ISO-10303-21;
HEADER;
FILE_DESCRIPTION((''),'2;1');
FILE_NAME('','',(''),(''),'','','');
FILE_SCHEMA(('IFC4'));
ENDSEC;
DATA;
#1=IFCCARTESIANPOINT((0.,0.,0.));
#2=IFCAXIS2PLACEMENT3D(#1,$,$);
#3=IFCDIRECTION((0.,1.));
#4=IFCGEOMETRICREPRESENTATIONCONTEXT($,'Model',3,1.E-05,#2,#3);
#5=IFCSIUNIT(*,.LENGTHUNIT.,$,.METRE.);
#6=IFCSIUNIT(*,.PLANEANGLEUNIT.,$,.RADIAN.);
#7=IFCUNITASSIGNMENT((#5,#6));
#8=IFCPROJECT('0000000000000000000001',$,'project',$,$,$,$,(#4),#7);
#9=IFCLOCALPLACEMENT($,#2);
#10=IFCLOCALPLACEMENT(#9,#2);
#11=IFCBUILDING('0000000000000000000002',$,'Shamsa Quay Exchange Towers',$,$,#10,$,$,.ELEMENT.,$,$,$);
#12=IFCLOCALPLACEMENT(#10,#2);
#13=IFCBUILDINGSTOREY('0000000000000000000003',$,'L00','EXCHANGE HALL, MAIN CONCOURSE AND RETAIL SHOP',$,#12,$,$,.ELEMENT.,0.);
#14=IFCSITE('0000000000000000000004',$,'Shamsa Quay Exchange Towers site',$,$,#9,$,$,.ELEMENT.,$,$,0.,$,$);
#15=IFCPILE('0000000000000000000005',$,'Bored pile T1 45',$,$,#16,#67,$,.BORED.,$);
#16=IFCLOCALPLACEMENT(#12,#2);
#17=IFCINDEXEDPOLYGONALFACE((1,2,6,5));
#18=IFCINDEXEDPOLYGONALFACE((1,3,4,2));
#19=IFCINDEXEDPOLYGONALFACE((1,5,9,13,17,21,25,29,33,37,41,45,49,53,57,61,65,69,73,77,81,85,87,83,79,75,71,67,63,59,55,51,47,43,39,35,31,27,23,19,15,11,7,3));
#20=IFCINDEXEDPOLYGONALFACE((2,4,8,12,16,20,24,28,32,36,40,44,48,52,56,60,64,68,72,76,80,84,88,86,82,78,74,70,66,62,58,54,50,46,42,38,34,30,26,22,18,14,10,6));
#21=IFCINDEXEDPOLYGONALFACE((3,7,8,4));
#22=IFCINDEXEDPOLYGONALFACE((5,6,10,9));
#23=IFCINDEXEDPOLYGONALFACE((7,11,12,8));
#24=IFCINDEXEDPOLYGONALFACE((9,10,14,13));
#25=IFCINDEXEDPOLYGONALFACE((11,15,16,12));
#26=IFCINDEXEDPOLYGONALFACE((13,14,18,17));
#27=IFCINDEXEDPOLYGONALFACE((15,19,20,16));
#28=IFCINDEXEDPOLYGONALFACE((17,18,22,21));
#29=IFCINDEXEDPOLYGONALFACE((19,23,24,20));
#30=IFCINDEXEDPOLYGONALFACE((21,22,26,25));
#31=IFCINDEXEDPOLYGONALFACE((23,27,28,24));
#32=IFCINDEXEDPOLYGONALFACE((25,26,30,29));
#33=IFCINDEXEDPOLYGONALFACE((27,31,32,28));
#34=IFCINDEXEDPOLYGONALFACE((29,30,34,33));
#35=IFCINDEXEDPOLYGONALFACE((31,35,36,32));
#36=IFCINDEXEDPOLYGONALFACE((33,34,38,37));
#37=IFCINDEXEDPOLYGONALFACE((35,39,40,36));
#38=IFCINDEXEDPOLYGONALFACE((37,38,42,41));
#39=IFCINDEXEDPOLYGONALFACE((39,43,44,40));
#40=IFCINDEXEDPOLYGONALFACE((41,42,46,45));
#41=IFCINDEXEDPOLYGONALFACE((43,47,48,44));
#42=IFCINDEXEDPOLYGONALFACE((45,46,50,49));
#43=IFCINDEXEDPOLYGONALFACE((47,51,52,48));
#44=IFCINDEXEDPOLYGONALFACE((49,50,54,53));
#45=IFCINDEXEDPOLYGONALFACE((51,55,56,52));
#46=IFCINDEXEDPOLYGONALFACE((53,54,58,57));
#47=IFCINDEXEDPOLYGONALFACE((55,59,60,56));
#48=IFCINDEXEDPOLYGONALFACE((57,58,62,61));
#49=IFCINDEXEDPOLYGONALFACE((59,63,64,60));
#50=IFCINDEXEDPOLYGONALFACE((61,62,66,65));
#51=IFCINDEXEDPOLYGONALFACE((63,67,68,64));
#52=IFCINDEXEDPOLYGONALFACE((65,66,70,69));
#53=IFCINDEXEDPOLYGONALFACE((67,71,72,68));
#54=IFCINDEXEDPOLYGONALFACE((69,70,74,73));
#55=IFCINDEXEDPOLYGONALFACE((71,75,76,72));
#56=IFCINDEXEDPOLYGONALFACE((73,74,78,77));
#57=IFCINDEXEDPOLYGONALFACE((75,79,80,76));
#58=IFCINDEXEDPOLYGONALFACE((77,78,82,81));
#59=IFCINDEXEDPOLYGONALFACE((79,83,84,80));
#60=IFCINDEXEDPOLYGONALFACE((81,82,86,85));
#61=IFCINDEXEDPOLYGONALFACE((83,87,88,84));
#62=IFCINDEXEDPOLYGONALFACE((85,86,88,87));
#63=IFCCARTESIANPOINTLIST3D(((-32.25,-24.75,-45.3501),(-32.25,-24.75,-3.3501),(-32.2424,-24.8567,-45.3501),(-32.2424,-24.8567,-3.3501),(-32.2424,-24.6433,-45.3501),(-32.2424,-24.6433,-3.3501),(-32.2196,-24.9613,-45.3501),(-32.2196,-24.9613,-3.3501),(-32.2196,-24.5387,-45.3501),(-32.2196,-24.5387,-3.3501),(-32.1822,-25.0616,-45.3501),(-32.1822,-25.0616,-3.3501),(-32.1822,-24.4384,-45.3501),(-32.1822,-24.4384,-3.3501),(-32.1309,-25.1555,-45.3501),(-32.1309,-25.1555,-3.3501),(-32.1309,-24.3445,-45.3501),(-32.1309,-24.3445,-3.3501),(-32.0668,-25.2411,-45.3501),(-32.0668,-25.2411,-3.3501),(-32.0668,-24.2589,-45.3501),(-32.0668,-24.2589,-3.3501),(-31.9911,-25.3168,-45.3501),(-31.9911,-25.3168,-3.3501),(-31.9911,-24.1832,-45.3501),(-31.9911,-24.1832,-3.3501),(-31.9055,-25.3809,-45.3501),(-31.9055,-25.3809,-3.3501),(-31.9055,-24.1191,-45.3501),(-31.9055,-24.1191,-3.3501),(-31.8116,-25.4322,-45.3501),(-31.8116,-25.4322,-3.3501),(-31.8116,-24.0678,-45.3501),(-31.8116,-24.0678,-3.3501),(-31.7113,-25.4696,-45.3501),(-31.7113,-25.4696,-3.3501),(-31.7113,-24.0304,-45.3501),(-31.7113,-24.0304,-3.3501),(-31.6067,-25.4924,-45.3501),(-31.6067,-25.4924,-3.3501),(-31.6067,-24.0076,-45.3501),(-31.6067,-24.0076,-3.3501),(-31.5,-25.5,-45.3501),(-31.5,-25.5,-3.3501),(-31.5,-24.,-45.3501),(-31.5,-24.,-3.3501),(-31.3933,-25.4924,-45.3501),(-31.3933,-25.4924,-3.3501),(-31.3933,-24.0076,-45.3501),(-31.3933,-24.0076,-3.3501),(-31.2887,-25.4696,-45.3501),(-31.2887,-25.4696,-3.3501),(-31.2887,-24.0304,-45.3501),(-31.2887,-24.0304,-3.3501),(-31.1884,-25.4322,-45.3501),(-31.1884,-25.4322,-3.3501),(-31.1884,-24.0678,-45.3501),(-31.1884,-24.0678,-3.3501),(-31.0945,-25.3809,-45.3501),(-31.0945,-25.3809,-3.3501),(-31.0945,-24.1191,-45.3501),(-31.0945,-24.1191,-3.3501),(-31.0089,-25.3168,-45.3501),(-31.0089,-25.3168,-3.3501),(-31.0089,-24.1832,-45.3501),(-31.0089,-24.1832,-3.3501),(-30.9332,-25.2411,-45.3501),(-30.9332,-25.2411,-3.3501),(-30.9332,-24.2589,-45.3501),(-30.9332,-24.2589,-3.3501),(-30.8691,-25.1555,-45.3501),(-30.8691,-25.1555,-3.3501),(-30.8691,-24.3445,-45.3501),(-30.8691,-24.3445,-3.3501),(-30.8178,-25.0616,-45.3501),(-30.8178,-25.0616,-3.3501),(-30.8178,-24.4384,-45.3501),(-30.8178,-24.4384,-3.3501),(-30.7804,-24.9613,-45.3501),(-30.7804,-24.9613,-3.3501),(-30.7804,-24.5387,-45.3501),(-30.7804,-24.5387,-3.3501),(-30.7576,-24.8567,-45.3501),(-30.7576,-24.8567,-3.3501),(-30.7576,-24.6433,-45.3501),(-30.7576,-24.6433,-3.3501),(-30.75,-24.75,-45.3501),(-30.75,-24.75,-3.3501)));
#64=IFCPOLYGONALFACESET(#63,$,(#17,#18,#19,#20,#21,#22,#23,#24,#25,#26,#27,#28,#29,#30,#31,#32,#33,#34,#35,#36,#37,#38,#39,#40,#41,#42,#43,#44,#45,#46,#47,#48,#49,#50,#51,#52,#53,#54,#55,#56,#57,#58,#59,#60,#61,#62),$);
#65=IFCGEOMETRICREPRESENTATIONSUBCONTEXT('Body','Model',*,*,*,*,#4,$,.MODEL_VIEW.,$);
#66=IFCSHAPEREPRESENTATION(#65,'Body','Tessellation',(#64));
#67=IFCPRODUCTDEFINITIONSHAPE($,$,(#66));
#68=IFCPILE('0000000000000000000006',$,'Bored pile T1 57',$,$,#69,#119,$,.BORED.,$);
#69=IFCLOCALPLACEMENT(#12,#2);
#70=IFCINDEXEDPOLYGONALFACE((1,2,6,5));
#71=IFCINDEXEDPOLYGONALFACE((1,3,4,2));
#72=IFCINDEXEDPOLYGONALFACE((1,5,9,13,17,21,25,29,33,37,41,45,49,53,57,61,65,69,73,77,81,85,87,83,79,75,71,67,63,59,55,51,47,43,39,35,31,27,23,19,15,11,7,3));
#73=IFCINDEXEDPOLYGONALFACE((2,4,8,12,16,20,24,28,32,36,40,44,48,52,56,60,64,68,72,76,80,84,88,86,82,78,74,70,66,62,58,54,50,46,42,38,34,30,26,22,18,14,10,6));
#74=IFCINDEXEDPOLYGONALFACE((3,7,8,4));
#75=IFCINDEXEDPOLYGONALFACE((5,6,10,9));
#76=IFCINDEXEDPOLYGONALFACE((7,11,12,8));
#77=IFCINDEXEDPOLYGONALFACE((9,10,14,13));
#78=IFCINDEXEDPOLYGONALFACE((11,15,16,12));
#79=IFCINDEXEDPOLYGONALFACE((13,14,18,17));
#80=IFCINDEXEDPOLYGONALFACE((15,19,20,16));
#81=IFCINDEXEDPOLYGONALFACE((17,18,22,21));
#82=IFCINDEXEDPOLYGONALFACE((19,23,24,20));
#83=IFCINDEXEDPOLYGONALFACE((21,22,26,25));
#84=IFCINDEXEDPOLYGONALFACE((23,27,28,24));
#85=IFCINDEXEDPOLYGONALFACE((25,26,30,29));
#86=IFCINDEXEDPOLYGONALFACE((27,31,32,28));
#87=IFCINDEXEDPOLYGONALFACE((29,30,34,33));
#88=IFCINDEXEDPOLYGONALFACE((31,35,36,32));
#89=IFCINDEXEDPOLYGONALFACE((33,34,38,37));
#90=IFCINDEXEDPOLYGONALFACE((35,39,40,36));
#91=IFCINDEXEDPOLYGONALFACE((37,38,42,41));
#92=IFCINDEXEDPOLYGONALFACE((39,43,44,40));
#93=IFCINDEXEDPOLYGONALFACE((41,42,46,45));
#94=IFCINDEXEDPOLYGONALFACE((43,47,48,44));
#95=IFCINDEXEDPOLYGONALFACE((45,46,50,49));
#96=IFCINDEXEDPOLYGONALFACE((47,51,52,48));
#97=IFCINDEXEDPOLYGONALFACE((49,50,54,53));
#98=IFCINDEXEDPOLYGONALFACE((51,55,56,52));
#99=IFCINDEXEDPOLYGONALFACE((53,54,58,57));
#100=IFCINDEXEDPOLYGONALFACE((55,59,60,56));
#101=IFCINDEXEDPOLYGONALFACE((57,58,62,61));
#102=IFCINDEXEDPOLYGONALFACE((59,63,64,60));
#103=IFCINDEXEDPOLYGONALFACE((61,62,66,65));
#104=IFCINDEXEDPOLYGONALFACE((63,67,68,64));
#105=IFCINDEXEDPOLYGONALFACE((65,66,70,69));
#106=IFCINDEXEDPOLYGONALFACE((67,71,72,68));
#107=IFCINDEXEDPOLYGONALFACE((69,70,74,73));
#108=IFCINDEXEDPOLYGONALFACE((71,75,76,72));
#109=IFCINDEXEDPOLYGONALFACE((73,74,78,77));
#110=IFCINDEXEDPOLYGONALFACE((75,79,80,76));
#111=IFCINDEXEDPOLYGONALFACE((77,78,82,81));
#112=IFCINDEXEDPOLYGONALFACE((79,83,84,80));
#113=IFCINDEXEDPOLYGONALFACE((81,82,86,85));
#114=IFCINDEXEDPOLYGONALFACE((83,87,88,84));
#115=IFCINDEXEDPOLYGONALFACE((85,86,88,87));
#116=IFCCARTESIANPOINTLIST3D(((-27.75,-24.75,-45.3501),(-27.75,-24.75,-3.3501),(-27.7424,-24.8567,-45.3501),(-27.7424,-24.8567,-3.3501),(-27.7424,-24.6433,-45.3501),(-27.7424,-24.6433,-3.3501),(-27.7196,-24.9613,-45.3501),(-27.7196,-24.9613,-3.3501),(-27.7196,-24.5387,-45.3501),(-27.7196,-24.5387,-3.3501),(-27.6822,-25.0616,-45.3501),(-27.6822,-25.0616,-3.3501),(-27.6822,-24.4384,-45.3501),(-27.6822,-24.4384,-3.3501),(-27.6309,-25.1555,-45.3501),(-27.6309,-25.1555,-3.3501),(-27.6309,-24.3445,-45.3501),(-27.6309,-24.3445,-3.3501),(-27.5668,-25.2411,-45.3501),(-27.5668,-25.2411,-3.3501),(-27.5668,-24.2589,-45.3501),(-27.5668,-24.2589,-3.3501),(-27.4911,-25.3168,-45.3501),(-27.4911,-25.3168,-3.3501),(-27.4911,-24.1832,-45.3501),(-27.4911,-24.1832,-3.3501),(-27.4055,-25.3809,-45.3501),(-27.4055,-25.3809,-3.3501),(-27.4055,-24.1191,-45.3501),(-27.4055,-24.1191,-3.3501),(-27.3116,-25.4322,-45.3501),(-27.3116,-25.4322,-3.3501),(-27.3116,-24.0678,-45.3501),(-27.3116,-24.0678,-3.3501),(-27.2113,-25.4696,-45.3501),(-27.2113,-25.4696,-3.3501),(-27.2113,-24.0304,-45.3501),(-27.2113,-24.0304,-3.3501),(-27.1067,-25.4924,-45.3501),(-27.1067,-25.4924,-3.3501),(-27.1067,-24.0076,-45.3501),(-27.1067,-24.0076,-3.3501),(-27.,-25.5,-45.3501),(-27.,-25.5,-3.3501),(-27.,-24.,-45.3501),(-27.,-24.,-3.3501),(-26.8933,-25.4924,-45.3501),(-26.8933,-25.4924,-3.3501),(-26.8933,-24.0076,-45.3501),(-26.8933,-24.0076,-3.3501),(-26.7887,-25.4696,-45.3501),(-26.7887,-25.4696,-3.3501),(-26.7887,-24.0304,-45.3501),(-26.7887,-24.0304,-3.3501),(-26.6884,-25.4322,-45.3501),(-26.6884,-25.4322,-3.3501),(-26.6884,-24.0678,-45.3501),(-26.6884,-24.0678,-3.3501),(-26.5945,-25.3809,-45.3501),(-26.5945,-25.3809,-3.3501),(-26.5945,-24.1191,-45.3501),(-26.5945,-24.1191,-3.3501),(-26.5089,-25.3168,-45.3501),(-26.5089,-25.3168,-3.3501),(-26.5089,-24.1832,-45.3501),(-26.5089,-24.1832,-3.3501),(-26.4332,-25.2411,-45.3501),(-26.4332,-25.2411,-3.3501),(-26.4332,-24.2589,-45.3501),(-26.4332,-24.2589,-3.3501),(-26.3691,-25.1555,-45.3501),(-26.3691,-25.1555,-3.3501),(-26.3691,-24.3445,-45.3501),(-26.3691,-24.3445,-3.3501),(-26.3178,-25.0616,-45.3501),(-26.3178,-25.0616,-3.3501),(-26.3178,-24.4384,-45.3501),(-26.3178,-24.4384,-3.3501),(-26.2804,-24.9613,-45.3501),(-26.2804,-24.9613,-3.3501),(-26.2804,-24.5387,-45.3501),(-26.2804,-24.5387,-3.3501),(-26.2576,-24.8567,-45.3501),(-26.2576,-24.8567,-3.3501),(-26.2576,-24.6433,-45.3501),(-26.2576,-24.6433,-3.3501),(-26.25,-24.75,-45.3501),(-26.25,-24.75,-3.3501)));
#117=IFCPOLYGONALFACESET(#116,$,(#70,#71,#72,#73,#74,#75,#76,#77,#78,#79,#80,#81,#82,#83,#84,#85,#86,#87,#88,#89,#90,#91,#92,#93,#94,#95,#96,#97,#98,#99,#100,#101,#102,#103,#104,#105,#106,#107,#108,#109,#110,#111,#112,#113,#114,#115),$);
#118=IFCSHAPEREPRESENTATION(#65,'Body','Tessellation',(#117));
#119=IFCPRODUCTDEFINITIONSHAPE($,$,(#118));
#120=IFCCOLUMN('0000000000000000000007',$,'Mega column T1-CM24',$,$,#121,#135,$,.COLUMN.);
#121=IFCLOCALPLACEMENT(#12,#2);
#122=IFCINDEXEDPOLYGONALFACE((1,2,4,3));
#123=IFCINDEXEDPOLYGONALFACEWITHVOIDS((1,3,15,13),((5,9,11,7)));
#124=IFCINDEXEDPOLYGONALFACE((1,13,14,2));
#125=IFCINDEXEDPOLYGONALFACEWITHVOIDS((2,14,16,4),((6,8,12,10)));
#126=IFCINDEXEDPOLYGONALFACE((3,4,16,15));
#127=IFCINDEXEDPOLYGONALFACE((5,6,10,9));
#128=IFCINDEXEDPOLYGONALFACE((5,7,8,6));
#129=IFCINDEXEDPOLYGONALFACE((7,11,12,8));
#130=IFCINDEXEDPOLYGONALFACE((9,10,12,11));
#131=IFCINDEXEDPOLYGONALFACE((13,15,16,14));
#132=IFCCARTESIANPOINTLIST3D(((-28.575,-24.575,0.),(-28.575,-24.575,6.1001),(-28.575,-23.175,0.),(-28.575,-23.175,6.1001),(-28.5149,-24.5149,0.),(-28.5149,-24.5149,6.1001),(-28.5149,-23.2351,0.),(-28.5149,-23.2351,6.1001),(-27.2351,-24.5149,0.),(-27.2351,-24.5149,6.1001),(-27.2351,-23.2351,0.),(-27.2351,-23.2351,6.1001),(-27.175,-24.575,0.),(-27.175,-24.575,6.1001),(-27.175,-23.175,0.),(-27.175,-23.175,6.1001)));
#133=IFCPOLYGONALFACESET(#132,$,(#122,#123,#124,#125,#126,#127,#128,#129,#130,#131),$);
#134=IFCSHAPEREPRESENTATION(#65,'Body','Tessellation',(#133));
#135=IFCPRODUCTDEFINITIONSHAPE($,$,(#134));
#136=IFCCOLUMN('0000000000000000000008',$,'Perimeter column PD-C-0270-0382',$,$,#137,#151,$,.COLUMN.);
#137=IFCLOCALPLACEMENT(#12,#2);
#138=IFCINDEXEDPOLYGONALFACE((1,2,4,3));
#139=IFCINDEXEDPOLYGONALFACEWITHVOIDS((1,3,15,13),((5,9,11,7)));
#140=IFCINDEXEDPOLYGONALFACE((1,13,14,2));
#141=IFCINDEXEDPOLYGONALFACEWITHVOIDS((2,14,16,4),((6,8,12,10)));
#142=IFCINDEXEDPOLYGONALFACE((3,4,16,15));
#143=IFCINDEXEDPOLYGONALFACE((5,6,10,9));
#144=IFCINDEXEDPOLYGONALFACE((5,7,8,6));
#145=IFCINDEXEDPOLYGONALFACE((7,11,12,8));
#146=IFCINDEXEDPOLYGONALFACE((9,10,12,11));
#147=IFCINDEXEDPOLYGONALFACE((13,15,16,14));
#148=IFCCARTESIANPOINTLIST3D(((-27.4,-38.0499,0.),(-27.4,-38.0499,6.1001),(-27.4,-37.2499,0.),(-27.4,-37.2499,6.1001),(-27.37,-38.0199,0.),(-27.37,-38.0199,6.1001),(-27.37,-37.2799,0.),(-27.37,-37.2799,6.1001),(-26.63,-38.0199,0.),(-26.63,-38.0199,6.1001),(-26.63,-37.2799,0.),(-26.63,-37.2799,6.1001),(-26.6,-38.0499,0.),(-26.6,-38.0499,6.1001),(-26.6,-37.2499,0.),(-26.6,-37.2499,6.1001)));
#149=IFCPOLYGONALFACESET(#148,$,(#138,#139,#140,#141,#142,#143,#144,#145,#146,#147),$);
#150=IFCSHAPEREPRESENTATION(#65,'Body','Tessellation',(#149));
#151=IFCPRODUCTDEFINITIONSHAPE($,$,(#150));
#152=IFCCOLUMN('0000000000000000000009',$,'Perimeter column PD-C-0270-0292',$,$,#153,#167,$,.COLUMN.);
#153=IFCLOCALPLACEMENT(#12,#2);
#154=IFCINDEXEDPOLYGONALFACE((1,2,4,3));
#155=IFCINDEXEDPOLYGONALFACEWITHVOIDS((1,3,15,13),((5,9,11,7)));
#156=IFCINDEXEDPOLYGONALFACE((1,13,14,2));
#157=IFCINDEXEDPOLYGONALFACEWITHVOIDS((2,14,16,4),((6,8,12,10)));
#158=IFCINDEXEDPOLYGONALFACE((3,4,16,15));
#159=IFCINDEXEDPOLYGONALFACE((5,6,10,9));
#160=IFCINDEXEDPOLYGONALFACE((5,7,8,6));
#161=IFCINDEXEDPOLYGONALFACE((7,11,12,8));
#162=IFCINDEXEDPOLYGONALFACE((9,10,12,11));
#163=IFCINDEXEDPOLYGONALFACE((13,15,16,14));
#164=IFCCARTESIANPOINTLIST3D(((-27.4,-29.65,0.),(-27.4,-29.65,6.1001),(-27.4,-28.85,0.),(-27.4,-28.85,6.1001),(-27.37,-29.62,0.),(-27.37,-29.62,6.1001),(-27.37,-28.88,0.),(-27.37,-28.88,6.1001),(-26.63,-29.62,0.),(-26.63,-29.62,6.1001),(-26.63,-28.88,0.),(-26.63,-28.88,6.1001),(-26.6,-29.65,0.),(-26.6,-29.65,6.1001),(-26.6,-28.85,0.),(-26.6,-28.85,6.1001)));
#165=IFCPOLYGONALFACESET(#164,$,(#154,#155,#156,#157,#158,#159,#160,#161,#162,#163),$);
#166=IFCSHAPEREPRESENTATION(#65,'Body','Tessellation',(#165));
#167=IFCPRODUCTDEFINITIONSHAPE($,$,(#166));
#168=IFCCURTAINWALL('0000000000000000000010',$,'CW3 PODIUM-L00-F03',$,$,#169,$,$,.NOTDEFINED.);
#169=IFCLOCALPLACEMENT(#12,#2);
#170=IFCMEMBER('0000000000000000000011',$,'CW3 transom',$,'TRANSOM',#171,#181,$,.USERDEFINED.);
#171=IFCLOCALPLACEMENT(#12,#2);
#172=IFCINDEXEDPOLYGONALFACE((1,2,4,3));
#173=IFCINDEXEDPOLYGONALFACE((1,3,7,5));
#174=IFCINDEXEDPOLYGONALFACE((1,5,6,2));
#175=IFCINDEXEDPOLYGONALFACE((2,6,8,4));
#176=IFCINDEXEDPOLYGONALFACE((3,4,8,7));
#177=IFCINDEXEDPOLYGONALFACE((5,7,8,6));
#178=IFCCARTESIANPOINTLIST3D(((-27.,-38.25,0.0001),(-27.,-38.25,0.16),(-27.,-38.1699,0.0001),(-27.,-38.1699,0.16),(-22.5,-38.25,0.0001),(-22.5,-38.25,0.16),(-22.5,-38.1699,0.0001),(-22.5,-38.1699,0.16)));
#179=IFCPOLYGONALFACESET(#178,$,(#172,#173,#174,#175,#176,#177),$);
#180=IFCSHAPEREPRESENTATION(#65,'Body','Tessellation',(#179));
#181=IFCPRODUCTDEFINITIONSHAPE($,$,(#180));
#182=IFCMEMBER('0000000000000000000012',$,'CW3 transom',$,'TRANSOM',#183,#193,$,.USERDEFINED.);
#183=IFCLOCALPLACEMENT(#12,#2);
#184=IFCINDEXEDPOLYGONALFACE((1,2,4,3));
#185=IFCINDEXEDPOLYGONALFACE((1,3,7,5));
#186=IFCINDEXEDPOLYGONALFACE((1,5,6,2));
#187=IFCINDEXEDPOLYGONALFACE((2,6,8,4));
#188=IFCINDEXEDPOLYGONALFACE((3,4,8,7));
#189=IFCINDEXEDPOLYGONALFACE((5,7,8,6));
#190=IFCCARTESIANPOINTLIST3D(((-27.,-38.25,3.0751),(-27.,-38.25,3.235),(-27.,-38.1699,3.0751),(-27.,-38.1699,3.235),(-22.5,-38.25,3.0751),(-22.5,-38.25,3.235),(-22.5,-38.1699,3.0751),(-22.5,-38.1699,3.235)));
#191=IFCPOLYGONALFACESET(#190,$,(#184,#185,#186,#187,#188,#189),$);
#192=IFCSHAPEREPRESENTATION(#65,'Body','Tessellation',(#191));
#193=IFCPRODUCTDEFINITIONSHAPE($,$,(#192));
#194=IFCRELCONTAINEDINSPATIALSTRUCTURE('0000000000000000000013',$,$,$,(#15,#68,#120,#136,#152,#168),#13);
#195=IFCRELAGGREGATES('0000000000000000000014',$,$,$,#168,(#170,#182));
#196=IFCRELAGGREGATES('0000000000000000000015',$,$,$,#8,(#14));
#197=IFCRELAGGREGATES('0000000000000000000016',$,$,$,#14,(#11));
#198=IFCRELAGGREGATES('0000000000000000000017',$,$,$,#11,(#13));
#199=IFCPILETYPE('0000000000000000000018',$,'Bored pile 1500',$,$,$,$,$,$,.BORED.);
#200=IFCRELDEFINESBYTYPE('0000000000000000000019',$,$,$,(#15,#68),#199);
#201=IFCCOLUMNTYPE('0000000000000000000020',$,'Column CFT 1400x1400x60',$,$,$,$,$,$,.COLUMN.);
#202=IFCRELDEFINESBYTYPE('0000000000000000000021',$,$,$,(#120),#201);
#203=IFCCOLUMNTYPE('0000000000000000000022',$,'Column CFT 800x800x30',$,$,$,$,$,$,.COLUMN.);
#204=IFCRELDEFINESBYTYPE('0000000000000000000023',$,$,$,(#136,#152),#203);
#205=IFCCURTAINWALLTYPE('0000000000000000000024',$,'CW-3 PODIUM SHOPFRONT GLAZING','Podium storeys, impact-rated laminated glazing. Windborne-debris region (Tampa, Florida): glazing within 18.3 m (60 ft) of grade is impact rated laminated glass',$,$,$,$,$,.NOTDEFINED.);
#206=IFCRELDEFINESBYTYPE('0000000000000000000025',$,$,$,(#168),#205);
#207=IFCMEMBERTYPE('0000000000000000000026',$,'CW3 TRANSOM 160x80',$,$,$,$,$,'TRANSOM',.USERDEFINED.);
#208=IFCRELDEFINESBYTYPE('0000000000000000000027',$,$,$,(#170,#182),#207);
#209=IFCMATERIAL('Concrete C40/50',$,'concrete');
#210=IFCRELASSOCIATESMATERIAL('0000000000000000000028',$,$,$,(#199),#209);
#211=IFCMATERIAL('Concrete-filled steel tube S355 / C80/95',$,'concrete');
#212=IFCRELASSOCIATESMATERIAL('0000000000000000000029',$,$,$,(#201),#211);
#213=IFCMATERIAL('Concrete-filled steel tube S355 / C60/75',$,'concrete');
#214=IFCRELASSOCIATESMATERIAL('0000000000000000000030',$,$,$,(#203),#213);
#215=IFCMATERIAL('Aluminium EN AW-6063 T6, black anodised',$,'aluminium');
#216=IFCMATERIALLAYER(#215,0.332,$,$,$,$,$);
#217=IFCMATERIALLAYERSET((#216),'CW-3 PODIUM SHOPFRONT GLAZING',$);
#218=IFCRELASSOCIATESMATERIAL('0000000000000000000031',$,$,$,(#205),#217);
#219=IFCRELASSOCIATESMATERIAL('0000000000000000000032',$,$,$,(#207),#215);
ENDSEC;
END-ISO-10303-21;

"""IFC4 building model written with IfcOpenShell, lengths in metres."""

from ifc_helpers import new_model, si_unit, direction, frame, origin, origin_2d, place, context, subcontext, project, spatial, rectangle, hollow_rectangle, circle, extrude, material, layer, layer_set, material_profile, profile_set, type_object, element, aggregate, save


model = new_model("IFC4")

# Units and contexts
model_context = context("Model", 3, precision=1e-05, world=origin(), true_north=direction((0.0, 1.0)))
body_context = subcontext(model_context, "Body", "Model", "MODEL_VIEW")
ifc_project = project(units=[si_unit("LENGTHUNIT", "METRE"), si_unit("PLANEANGLEUNIT", "RADIAN")], contexts=[model_context])

# Site, building, storey
site_placement = place(None, origin())
site = spatial("IfcSite", under=ifc_project, at=site_placement, Name="Shamsa Quay Exchange Towers site", CompositionType="ELEMENT", RefElevation=0.0)
building_placement = place(site_placement, origin())
building = spatial("IfcBuilding", under=site, at=building_placement, Name="Shamsa Quay Exchange Towers", CompositionType="ELEMENT")
storey_placement = place(building_placement, origin())
storey = spatial("IfcBuildingStorey", under=building, at=storey_placement, Name="L00", Description="EXCHANGE HALL, MAIN CONCOURSE AND RETAIL SHOP", CompositionType="ELEMENT", Elevation=0.0)

# Piles
ifc_material_1 = material(Name="Concrete C40/50", Category="concrete")
ifc_material_profile_1 = material_profile(ifc_material_1, circle(Radius=0.75, at=origin_2d()), Name="BP1500")
ifc_profile_set_1 = profile_set([ifc_material_profile_1], Name="Concrete C40/50")
pile_type_1 = type_object("IfcPileType", Name="Bored pile 1500", PredefinedType="BORED", material=ifc_profile_set_1)
for number, where, z_axis, x_axis, name in (
    (1, (-31.5, -24.75, -3.3501), (0.0, 0.0, -1.0), (1.0, 0.0, 0.0), "Bored pile T1 45"),
    (2, (-27.0, -24.75, -3.3501), (0.0, 0.0, -1.0), (1.0, 0.0, 0.0), "Bored pile T1 57"),
):
    element("IfcPile", number, at=place(storey_placement, frame(where, z_axis=z_axis, x_axis=x_axis)), inside=storey, type_object=pile_type_1, Name=name, PredefinedType="BORED", context=body_context, shape_type="SweptSolid", body=[
        extrude(circle(Radius=0.75, at=origin_2d()), origin(), (0.0, 0.0, 1.0), 42.0),
    ])

# Columns
ifc_material_2 = material(Name="Concrete-filled steel tube S355 / C80/95", Category="concrete")
ifc_material_profile_2 = material_profile(ifc_material_2, hollow_rectangle(XDim=1.3999, YDim=1.3999, WallThickness=0.0601, at=origin_2d()), Name="CFT 1400x1400x60")
ifc_profile_set_2 = profile_set([ifc_material_profile_2], Name="Concrete-filled steel tube S355 / C80/95")
column_type_1 = type_object("IfcColumnType", Name="Column CFT 1400x1400x60", PredefinedType="COLUMN", material=ifc_profile_set_2)
column_placement = place(storey_placement, frame((-27.875, -23.875, 0.0)))
element("IfcColumn", 3, at=column_placement, inside=storey, type_object=column_type_1, Name="Mega column T1-CM24", PredefinedType="COLUMN", context=body_context, shape_type="SweptSolid", body=[
    extrude(hollow_rectangle(XDim=1.3999, YDim=1.3999, WallThickness=0.0601, at=origin_2d()), origin(), (0.0, 0.0, 1.0), 6.1001),
])
ifc_material_3 = material(Name="Concrete-filled steel tube S355 / C60/75", Category="concrete")
ifc_material_profile_3 = material_profile(ifc_material_3, hollow_rectangle(XDim=0.8, YDim=0.8, WallThickness=0.03, at=origin_2d()), Name="CFT 800x800x30")
ifc_profile_set_3 = profile_set([ifc_material_profile_3], Name="Concrete-filled steel tube S355 / C60/75")
column_type_2 = type_object("IfcColumnType", Name="Column CFT 800x800x30", PredefinedType="COLUMN", material=ifc_profile_set_3)
for number, where, name in (
    (4, (-27.0, -37.6499, 0.0), "Perimeter column PD-C-0270-0382"),
    (5, (-27.0, -29.25, 0.0), "Perimeter column PD-C-0270-0292"),
):
    element("IfcColumn", number, at=place(storey_placement, frame(where)), inside=storey, type_object=column_type_2, Name=name, PredefinedType="COLUMN", context=body_context, shape_type="SweptSolid", body=[
        extrude(hollow_rectangle(XDim=0.8, YDim=0.8, WallThickness=0.03, at=origin_2d()), origin(), (0.0, 0.0, 1.0), 6.1001),
    ])

# Curtain wall, members
ifc_material_4 = material(Name="Aluminium EN AW-6063 T6, black anodised", Category="aluminium")
ifc_layer_1 = layer(ifc_material_4, 0.332)
ifc_layer_set_1 = layer_set([ifc_layer_1], Name="CW-3 PODIUM SHOPFRONT GLAZING")
curtain_wall_type = type_object("IfcCurtainWallType", Name="CW-3 PODIUM SHOPFRONT GLAZING", Description="Podium storeys, impact-rated laminated glazing. Windborne-debris region (Tampa, Florida): glazing within 18.3 m (60 ft) of grade is impact rated laminated glass", PredefinedType="NOTDEFINED", material=ifc_layer_set_1)
curtain_wall_placement = place(storey_placement, origin())
curtain_wall = element("IfcCurtainWall", 6, at=curtain_wall_placement, inside=storey, type_object=curtain_wall_type, Name="CW3 PODIUM-L00-F03", PredefinedType="NOTDEFINED")
ifc_material_profile_4 = material_profile(ifc_material_4, rectangle(XDim=0.0801, YDim=0.1599, at=origin_2d()), Name="TR160x80")
ifc_profile_set_4 = profile_set([ifc_material_profile_4], Name="Aluminium EN AW-6063 T6, black anodised")
member_type = type_object("IfcMemberType", Name="CW3 TRANSOM 160x80", ElementType="TRANSOM", PredefinedType="USERDEFINED", material=ifc_profile_set_4)
member_1_placement = place(storey_placement, frame((-27.0, -38.21, 0.0801), z_axis=(1.0, 0.0, 0.0), x_axis=(0.0, 1.0, 0.0)))
member_1 = element("IfcMember", 7, at=member_1_placement, type_object=member_type, Name="CW3 transom", ObjectType="TRANSOM", PredefinedType="USERDEFINED", context=body_context, shape_type="SweptSolid", body=[
    extrude(rectangle(XDim=0.0801, YDim=0.1599, at=origin_2d()), origin(), (0.0, 0.0, 1.0), 4.5),
])
member_2_placement = place(storey_placement, frame((-27.0, -38.21, 3.155), z_axis=(1.0, 0.0, 0.0), x_axis=(0.0, 1.0, 0.0)))
member_2 = element("IfcMember", 8, at=member_2_placement, type_object=member_type, Name="CW3 transom", ObjectType="TRANSOM", PredefinedType="USERDEFINED", context=body_context, shape_type="SweptSolid", body=[
    extrude(rectangle(XDim=0.0801, YDim=0.1599, at=origin_2d()), origin(), (0.0, 0.0, 1.0), 4.5),
])
aggregate(curtain_wall, [member_1, member_2])

save(model, "model.ifc")
